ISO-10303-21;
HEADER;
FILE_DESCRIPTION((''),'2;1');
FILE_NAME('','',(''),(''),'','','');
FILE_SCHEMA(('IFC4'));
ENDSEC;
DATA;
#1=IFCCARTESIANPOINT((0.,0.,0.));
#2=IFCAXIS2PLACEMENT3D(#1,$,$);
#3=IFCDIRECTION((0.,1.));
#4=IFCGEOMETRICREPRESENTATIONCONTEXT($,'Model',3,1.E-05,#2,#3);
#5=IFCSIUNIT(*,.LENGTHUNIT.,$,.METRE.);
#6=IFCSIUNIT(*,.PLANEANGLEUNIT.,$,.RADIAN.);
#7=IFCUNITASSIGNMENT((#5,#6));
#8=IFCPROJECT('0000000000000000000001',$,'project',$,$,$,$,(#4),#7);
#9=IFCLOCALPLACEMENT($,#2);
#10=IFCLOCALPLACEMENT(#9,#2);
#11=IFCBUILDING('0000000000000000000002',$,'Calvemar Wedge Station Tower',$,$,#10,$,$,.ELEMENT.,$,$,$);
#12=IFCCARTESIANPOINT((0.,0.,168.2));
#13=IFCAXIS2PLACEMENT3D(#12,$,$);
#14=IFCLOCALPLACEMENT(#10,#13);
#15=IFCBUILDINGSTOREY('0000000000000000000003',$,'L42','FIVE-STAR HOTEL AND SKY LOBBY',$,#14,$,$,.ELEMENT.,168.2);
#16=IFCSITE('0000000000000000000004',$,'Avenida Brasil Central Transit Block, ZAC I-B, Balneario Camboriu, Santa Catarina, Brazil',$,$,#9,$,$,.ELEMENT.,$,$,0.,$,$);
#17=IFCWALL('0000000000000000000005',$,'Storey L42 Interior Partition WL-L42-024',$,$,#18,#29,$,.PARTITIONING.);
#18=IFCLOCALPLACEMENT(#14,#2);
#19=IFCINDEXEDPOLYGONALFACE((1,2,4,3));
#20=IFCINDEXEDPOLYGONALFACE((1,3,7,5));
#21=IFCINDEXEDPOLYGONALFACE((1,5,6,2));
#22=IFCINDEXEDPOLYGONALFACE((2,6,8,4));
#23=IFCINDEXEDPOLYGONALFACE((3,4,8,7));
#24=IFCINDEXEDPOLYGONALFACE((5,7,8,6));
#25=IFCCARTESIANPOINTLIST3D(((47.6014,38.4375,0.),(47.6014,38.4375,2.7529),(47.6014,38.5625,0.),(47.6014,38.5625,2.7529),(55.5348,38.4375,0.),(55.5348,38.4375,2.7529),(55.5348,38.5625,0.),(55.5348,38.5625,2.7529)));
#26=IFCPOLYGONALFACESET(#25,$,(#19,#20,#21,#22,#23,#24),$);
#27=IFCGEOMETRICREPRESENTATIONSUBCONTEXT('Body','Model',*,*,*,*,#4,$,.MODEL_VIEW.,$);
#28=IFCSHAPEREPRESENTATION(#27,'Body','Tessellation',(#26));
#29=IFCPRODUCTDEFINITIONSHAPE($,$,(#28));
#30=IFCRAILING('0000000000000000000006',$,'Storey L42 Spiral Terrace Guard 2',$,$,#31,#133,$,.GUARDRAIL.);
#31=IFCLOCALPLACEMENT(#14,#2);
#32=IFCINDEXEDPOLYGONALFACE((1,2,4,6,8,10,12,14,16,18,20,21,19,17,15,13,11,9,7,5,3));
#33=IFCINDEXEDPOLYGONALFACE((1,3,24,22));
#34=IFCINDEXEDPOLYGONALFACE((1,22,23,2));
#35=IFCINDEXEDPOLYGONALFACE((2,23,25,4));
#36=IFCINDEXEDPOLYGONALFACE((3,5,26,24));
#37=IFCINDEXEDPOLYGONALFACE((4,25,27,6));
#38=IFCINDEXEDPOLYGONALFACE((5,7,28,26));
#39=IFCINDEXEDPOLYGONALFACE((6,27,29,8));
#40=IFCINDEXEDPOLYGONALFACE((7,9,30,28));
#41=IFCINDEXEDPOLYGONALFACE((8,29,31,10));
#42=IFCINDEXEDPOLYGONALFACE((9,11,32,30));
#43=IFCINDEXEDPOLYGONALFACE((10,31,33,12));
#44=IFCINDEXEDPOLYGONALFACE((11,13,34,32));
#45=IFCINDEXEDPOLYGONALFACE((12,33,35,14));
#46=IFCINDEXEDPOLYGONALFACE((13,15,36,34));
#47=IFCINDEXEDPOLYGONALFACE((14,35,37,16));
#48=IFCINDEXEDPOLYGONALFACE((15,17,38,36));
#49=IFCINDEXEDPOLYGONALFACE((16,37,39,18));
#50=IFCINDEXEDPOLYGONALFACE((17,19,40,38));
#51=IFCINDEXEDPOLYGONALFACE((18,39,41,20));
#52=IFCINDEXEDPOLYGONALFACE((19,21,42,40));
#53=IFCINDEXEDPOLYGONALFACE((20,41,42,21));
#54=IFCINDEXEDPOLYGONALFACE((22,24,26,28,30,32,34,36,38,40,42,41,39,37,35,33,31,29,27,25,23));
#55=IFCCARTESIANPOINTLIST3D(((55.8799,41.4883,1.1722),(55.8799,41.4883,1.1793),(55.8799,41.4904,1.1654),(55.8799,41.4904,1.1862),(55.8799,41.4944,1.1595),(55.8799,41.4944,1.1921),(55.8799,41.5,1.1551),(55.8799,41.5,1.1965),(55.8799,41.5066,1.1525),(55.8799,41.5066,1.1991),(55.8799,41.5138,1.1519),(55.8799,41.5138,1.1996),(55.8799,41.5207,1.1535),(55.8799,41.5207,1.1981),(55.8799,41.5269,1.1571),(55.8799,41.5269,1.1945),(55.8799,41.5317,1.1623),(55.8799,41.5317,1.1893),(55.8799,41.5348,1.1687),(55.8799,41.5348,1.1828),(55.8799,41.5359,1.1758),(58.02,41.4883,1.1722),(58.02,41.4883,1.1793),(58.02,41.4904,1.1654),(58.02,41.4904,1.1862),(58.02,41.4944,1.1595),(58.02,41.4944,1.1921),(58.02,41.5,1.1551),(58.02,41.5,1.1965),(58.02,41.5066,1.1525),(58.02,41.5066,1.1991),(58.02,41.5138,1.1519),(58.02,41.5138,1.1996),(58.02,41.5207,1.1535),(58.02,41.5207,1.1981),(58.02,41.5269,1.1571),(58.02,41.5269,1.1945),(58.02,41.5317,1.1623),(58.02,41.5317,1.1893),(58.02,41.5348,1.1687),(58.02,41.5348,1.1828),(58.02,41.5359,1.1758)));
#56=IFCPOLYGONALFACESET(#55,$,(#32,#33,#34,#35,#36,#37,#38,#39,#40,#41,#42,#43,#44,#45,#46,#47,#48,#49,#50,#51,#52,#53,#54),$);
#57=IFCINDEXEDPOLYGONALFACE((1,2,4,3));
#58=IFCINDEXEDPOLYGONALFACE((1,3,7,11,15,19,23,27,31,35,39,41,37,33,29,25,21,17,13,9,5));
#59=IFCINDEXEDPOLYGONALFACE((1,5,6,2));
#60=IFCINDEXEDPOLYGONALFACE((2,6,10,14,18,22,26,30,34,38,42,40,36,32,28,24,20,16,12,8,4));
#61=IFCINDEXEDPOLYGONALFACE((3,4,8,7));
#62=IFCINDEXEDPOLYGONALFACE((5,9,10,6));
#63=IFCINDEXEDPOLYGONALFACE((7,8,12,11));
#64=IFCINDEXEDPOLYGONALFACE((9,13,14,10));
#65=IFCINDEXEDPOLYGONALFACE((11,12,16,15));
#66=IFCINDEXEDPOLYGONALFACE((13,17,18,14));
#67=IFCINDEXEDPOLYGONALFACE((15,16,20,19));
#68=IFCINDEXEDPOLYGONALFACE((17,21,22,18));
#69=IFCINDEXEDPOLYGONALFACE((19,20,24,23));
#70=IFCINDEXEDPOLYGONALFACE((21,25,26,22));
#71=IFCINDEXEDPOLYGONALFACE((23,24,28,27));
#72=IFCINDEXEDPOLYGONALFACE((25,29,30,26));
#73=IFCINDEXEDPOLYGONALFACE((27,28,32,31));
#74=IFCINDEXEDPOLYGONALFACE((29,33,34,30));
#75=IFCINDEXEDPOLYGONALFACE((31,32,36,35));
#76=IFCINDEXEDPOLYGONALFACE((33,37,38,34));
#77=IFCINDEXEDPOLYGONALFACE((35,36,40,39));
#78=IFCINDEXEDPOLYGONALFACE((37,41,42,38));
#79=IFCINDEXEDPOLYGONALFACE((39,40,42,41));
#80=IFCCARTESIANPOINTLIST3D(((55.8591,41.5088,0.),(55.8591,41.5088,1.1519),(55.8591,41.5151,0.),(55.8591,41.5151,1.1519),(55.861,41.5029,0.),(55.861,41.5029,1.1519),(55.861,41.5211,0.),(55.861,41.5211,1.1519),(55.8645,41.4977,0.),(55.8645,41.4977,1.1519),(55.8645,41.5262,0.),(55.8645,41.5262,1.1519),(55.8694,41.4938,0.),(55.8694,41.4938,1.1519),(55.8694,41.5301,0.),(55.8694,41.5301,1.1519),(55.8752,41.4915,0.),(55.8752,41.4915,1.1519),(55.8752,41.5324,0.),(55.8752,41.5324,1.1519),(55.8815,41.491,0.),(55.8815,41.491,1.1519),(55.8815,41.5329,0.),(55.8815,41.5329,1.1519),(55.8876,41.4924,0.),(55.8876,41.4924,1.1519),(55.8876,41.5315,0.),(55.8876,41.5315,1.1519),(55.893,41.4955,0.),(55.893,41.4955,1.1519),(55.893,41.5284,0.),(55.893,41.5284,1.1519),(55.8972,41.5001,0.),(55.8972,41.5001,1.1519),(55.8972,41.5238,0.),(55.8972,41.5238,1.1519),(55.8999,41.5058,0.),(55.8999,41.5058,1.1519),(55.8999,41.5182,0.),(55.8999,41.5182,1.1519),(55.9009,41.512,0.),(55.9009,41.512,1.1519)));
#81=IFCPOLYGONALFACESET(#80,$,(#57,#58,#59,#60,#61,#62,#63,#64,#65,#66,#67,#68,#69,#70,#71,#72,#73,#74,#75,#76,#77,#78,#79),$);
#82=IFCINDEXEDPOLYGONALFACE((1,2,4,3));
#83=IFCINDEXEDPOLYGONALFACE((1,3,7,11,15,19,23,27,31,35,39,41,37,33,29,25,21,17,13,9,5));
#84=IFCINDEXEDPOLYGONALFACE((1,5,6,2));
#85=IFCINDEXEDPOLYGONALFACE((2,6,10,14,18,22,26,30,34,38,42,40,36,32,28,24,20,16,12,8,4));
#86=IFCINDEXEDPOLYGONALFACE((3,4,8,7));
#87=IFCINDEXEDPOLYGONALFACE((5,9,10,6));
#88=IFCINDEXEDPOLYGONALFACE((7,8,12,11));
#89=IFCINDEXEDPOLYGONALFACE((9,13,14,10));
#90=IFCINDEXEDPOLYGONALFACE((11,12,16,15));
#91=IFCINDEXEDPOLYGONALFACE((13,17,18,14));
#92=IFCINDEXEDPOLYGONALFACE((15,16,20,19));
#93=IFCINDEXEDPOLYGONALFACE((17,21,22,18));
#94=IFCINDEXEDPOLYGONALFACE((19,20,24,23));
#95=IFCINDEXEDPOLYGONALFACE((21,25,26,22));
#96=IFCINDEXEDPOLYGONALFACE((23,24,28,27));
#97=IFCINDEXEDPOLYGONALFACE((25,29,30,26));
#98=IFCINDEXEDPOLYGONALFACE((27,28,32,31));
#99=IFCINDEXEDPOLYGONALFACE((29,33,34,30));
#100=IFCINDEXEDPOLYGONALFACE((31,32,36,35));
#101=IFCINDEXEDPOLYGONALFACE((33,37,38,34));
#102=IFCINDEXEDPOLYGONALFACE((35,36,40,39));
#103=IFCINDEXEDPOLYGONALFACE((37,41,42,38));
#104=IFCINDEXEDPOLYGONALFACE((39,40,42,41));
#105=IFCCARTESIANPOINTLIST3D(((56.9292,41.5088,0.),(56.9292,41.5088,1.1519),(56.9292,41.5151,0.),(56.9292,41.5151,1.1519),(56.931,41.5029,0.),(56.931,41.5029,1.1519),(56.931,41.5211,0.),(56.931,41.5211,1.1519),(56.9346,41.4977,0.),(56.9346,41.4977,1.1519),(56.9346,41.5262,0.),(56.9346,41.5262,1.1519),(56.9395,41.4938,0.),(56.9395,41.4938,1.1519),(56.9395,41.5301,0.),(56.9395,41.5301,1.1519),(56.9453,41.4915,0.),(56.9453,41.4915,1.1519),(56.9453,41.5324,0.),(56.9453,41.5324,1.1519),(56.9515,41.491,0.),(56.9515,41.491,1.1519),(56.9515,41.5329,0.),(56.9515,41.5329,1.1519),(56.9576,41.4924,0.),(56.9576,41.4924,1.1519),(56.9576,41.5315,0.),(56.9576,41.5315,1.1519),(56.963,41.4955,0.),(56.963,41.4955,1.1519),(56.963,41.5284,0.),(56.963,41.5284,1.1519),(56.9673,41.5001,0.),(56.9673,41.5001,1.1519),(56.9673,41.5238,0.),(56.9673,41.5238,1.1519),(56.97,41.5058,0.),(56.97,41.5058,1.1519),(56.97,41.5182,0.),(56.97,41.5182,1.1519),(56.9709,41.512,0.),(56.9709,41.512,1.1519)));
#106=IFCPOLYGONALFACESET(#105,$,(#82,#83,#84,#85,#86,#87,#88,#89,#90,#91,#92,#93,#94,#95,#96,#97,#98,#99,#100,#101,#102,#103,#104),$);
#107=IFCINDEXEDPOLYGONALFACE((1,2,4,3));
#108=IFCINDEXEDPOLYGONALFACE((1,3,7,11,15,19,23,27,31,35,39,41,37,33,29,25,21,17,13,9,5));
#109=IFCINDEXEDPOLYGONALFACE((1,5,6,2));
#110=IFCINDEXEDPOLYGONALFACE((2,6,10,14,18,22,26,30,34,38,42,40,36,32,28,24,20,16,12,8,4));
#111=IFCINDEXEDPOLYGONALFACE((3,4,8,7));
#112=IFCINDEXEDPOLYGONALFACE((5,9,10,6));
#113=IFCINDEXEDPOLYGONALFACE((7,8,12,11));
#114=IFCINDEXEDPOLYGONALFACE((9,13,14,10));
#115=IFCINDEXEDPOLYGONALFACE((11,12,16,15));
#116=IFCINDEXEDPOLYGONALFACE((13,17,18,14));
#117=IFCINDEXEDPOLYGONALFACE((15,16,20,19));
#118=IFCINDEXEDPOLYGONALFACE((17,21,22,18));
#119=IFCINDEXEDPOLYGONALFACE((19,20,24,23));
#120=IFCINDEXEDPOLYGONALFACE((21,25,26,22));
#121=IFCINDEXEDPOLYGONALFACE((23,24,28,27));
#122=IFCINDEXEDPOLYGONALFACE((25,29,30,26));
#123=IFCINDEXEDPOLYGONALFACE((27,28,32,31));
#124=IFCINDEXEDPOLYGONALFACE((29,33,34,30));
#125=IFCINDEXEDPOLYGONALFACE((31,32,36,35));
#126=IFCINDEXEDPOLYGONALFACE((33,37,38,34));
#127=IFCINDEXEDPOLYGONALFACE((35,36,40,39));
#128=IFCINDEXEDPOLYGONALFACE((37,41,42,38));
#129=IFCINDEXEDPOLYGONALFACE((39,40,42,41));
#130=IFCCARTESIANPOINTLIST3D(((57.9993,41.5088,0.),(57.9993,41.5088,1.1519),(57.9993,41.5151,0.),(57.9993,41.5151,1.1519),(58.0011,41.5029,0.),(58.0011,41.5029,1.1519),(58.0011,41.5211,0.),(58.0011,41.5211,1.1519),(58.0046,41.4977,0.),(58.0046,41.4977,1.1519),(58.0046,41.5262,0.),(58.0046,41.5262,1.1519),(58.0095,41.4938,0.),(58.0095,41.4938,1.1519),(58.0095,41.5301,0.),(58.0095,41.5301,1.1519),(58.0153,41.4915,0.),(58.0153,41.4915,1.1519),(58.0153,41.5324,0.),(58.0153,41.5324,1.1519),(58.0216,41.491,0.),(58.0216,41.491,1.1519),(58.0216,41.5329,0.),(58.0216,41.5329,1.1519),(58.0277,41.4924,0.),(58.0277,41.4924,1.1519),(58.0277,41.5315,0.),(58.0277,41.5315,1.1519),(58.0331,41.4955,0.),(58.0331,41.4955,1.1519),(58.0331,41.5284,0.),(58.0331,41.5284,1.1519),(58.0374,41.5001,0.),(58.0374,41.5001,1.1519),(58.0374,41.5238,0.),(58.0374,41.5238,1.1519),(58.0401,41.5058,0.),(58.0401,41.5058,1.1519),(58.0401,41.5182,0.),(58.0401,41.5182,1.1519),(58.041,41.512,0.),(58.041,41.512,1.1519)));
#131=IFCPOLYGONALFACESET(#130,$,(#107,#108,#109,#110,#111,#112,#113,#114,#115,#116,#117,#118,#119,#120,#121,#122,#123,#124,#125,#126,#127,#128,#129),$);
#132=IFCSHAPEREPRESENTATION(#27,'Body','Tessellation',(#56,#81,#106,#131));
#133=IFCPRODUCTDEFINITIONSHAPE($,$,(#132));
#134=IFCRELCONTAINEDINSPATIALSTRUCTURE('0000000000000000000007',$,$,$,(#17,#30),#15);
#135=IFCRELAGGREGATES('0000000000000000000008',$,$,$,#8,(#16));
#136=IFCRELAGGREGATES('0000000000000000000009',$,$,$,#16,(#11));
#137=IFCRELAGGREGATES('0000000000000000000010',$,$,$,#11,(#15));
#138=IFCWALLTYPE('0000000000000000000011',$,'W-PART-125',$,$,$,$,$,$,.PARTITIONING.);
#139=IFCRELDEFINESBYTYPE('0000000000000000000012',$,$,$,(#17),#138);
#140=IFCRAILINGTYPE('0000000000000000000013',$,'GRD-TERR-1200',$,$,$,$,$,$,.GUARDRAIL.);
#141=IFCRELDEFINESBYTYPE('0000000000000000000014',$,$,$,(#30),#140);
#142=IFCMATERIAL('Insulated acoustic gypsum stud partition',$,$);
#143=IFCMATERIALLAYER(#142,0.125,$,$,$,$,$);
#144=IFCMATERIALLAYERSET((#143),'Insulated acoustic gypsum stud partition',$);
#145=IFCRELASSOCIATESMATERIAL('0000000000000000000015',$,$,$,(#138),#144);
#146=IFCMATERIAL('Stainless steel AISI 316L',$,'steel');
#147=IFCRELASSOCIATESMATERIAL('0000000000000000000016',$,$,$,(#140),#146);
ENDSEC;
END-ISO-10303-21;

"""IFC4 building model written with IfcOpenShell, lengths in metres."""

from ifc_helpers import new_model, si_unit, direction, frame, frame_2d, origin, origin_2d, place, context, subcontext, project, spatial, rectangle, circle, extrude, material, layer, layer_set, type_object, element, save


model = new_model("IFC4")

# Units and contexts
model_context = context("Model", 3, precision=1e-05, world=origin(), true_north=direction((0.0, 1.0)))
body_context = subcontext(model_context, "Body", "Model", "MODEL_VIEW")
ifc_project = project(units=[si_unit("LENGTHUNIT", "METRE"), si_unit("PLANEANGLEUNIT", "RADIAN")], contexts=[model_context])

# Site, building, storey
site_placement = place(None, origin())
site = spatial("IfcSite", under=ifc_project, at=site_placement, Name="Avenida Brasil Central Transit Block, ZAC I-B, Balneario Camboriu, Santa Catarina, Brazil", CompositionType="ELEMENT", RefElevation=0.0)
building_placement = place(site_placement, origin())
building = spatial("IfcBuilding", under=site, at=building_placement, Name="Calvemar Wedge Station Tower", CompositionType="ELEMENT")
storey_placement = place(building_placement, frame((0.0, 0.0, 168.2)))
storey = spatial("IfcBuildingStorey", under=building, at=storey_placement, Name="L42", Description="FIVE-STAR HOTEL AND SKY LOBBY", CompositionType="ELEMENT", Elevation=168.2)

# Wall
ifc_material_1 = material(Name="Insulated acoustic gypsum stud partition")
ifc_layer_1 = layer(ifc_material_1, 0.125)
ifc_layer_set_1 = layer_set([ifc_layer_1], Name="Insulated acoustic gypsum stud partition")
wall_type_1 = type_object("IfcWallType", Name="W-PART-125", PredefinedType="PARTITIONING", material=ifc_layer_set_1)
wall_1_placement = place(storey_placement, frame((55.5349, 38.5, 0.0), z_axis=(0.0, 0.0, 1.0), x_axis=(-1.0, 0.0, 0.0)))
element("IfcWall", 1, at=wall_1_placement, inside=storey, type_object=wall_type_1, Name="Storey L42 Interior Partition WL-L42-024", PredefinedType="PARTITIONING", context=body_context, shape_type="SweptSolid", body=[
    extrude(rectangle(XDim=7.9333, YDim=0.125, at=frame_2d((3.9668, 0.0))), origin(), (0.0, 0.0, 1.0), 2.7529),
])

# Railing
ifc_material_2 = material(Name="Stainless steel AISI 316L", Category="steel")
railing_type = type_object("IfcRailingType", Name="GRD-TERR-1200", PredefinedType="GUARDRAIL", material=ifc_material_2)
railing_1_placement = place(storey_placement, frame((55.8799, 41.512, 0.0)))
element("IfcRailing", 2, at=railing_1_placement, inside=storey, type_object=railing_type, Name="Storey L42 Spiral Terrace Guard 2", PredefinedType="GUARDRAIL", context=body_context, shape_type="SweptSolid", body=[
    extrude(circle(Radius=0.0239, at=origin_2d()), frame((0.0, 0.0, 1.1758), z_axis=(1.0, 0.0, 0.0), x_axis=(0.0, 1.0, 0.0)), (0.0, 0.0, 1.0), 2.1401),
    extrude(circle(Radius=0.021, at=origin_2d()), origin(), (0.0, 0.0, 1.0), 1.1519),
    extrude(circle(Radius=0.021, at=origin_2d()), frame((1.0701, 0.0, 0.0)), (0.0, 0.0, 1.0), 1.1519),
    extrude(circle(Radius=0.021, at=origin_2d()), frame((2.1401, 0.0, 0.0)), (0.0, 0.0, 1.0), 1.1519),
])

save(model, "model.ifc")
